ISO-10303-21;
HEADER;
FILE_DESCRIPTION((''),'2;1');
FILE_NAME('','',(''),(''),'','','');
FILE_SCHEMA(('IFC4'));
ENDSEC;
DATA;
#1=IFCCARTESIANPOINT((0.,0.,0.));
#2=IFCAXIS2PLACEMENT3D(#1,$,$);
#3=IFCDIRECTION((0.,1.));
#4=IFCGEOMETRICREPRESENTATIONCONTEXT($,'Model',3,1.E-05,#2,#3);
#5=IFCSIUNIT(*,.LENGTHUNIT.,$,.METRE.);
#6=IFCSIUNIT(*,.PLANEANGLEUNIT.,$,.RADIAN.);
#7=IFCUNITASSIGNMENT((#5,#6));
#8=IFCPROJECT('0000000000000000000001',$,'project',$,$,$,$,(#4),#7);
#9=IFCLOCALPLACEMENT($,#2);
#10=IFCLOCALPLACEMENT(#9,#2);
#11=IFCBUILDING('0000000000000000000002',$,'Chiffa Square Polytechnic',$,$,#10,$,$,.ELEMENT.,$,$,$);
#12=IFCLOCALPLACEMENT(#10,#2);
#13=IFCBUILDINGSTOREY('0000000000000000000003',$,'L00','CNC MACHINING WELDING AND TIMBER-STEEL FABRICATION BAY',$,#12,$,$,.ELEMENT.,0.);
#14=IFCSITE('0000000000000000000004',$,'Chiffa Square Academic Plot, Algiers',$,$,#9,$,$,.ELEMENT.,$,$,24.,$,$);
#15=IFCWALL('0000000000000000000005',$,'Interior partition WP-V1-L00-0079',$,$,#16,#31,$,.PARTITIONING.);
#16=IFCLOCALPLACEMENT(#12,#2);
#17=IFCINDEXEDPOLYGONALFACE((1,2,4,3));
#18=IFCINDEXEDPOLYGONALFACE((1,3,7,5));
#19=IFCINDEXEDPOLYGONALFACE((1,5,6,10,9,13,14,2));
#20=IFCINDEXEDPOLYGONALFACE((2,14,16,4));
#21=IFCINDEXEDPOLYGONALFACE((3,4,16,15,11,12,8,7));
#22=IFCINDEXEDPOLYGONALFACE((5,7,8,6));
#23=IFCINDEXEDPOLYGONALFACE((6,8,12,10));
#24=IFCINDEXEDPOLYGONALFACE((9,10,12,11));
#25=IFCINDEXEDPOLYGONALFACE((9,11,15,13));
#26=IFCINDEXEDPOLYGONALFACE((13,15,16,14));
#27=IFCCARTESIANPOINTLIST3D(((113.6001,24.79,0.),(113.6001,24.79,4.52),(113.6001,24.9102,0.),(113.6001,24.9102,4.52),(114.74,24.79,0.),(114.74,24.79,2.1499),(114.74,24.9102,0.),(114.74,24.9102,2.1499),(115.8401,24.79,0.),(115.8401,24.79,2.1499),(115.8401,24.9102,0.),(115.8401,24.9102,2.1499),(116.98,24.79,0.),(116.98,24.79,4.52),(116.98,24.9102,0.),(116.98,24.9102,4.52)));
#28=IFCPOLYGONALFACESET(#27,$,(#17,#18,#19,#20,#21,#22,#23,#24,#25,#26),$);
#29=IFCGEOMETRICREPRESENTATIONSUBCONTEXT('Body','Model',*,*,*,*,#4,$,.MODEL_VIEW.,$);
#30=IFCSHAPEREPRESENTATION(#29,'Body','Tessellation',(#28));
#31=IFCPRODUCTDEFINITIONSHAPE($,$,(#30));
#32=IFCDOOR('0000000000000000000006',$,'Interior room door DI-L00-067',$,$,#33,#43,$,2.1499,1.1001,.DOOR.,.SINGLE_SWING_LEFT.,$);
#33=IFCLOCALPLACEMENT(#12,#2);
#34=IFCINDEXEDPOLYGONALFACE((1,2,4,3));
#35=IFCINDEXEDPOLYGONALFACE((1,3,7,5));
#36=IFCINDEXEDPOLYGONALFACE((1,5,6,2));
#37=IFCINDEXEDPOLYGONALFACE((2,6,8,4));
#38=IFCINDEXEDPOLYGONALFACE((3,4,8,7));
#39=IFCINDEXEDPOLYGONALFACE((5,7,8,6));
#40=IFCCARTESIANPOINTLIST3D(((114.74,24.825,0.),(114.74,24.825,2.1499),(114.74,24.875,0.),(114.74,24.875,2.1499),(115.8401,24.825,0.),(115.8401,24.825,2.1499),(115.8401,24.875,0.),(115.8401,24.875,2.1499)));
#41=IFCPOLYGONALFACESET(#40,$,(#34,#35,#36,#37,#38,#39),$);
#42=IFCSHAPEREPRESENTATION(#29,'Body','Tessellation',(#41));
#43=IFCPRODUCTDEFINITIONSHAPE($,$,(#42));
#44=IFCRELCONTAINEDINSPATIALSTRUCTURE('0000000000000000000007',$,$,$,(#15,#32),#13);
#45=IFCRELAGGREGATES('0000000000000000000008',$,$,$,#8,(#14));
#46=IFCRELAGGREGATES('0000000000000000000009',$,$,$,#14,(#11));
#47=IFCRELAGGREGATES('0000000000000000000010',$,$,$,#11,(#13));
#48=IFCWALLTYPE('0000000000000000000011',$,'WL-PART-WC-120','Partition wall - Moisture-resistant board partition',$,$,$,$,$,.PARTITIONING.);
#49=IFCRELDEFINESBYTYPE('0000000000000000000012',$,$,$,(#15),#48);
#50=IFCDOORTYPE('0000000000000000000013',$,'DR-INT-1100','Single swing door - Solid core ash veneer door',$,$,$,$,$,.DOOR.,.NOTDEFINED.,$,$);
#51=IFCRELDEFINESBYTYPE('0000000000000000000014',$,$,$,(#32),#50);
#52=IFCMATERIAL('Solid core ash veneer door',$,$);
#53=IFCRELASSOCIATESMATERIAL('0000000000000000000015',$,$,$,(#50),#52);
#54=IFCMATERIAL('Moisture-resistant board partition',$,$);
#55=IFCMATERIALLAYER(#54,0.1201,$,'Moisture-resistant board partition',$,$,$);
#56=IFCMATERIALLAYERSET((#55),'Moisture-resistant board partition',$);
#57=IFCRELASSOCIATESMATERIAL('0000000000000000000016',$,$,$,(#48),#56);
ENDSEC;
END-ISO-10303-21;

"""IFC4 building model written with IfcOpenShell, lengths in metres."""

from ifc_helpers import new_model, si_unit, direction, frame, frame_2d, origin, place, context, subcontext, project, spatial, rectangle, extrude, material, layer, layer_set, type_object, element, fill, save


model = new_model("IFC4")

# Units and contexts
model_context = context("Model", 3, precision=1e-05, world=origin(), true_north=direction((0.0, 1.0)))
body_context = subcontext(model_context, "Body", "Model", "MODEL_VIEW")
ifc_project = project(units=[si_unit("LENGTHUNIT", "METRE"), si_unit("PLANEANGLEUNIT", "RADIAN")], contexts=[model_context])

# Site, building, storey
site_placement = place(None, origin())
site = spatial("IfcSite", under=ifc_project, at=site_placement, Name="Chiffa Square Academic Plot, Algiers", CompositionType="ELEMENT", RefElevation=24.0)
building_placement = place(site_placement, origin())
building = spatial("IfcBuilding", under=site, at=building_placement, Name="Chiffa Square Polytechnic", CompositionType="ELEMENT")
storey_placement = place(building_placement, origin())
storey = spatial("IfcBuildingStorey", under=building, at=storey_placement, Name="L00", Description="CNC MACHINING WELDING AND TIMBER-STEEL FABRICATION BAY", CompositionType="ELEMENT", Elevation=0.0)

# Shared definitions
ifc_material_1 = material(Name="Solid core ash veneer door")
door_type_1 = type_object("IfcDoorType", Name="DR-INT-1100", Description="Single swing door - Solid core ash veneer door", OperationType="NOTDEFINED", PredefinedType="DOOR", material=ifc_material_1)

# Wall, opening, door
ifc_material_2 = material(Name="Moisture-resistant board partition")
ifc_layer_1 = layer(ifc_material_2, 0.1201, Name="Moisture-resistant board partition")
ifc_layer_set_1 = layer_set([ifc_layer_1], Name="Moisture-resistant board partition")
wall_type_1 = type_object("IfcWallType", Name="WL-PART-WC-120", Description="Partition wall - Moisture-resistant board partition", PredefinedType="PARTITIONING", material=ifc_layer_set_1)
wall_1_placement = place(storey_placement, frame((113.6001, 24.8501, 0.0), z_axis=(0.0, 0.0, 1.0), x_axis=(1.0, 0.0, 0.0)))
wall_1 = element("IfcWall", 1, at=wall_1_placement, inside=storey, type_object=wall_type_1, Name="Interior partition WP-V1-L00-0079", PredefinedType="PARTITIONING", context=body_context, shape_type="SweptSolid", body=[
    extrude(rectangle(XDim=3.3799, YDim=0.1201, at=frame_2d((1.6899, 0.0))), origin(), (0.0, 0.0, 1.0), 4.52),
])
opening_1_placement = place(wall_1_placement, frame((1.1399, 0.0, 0.0)))
opening_1 = element("IfcOpeningElement", 2, at=opening_1_placement, cuts=wall_1, PredefinedType="OPENING", context=body_context, shape_type="SweptSolid", body=[
    extrude(rectangle(XDim=1.1001, YDim=2.1499, at=frame_2d((0.55, 1.075))), frame((0.0, 0.0701, 0.0), z_axis=(0.0, -1.0, 0.0), x_axis=(1.0, 0.0, 0.0)), (0.0, 0.0, 1.0), 0.1401),
])
door_1_placement = place(opening_1_placement, origin())
door_1 = element("IfcDoor", 3, at=door_1_placement, inside=storey, type_object=door_type_1, Name="Interior room door DI-L00-067", OperationType="SINGLE_SWING_LEFT", OverallHeight=2.1499, OverallWidth=1.1001, PredefinedType="DOOR", context=body_context, shape_type="SweptSolid", body=[
    extrude(rectangle(XDim=1.1001, YDim=2.1499, at=frame_2d((0.55, 1.075))), frame((0.0, 0.0249, 0.0), z_axis=(0.0, -1.0, 0.0), x_axis=(1.0, 0.0, 0.0)), (0.0, 0.0, 1.0), 0.05),
])
fill(opening_1, door_1)

save(model, "model.ifc")
